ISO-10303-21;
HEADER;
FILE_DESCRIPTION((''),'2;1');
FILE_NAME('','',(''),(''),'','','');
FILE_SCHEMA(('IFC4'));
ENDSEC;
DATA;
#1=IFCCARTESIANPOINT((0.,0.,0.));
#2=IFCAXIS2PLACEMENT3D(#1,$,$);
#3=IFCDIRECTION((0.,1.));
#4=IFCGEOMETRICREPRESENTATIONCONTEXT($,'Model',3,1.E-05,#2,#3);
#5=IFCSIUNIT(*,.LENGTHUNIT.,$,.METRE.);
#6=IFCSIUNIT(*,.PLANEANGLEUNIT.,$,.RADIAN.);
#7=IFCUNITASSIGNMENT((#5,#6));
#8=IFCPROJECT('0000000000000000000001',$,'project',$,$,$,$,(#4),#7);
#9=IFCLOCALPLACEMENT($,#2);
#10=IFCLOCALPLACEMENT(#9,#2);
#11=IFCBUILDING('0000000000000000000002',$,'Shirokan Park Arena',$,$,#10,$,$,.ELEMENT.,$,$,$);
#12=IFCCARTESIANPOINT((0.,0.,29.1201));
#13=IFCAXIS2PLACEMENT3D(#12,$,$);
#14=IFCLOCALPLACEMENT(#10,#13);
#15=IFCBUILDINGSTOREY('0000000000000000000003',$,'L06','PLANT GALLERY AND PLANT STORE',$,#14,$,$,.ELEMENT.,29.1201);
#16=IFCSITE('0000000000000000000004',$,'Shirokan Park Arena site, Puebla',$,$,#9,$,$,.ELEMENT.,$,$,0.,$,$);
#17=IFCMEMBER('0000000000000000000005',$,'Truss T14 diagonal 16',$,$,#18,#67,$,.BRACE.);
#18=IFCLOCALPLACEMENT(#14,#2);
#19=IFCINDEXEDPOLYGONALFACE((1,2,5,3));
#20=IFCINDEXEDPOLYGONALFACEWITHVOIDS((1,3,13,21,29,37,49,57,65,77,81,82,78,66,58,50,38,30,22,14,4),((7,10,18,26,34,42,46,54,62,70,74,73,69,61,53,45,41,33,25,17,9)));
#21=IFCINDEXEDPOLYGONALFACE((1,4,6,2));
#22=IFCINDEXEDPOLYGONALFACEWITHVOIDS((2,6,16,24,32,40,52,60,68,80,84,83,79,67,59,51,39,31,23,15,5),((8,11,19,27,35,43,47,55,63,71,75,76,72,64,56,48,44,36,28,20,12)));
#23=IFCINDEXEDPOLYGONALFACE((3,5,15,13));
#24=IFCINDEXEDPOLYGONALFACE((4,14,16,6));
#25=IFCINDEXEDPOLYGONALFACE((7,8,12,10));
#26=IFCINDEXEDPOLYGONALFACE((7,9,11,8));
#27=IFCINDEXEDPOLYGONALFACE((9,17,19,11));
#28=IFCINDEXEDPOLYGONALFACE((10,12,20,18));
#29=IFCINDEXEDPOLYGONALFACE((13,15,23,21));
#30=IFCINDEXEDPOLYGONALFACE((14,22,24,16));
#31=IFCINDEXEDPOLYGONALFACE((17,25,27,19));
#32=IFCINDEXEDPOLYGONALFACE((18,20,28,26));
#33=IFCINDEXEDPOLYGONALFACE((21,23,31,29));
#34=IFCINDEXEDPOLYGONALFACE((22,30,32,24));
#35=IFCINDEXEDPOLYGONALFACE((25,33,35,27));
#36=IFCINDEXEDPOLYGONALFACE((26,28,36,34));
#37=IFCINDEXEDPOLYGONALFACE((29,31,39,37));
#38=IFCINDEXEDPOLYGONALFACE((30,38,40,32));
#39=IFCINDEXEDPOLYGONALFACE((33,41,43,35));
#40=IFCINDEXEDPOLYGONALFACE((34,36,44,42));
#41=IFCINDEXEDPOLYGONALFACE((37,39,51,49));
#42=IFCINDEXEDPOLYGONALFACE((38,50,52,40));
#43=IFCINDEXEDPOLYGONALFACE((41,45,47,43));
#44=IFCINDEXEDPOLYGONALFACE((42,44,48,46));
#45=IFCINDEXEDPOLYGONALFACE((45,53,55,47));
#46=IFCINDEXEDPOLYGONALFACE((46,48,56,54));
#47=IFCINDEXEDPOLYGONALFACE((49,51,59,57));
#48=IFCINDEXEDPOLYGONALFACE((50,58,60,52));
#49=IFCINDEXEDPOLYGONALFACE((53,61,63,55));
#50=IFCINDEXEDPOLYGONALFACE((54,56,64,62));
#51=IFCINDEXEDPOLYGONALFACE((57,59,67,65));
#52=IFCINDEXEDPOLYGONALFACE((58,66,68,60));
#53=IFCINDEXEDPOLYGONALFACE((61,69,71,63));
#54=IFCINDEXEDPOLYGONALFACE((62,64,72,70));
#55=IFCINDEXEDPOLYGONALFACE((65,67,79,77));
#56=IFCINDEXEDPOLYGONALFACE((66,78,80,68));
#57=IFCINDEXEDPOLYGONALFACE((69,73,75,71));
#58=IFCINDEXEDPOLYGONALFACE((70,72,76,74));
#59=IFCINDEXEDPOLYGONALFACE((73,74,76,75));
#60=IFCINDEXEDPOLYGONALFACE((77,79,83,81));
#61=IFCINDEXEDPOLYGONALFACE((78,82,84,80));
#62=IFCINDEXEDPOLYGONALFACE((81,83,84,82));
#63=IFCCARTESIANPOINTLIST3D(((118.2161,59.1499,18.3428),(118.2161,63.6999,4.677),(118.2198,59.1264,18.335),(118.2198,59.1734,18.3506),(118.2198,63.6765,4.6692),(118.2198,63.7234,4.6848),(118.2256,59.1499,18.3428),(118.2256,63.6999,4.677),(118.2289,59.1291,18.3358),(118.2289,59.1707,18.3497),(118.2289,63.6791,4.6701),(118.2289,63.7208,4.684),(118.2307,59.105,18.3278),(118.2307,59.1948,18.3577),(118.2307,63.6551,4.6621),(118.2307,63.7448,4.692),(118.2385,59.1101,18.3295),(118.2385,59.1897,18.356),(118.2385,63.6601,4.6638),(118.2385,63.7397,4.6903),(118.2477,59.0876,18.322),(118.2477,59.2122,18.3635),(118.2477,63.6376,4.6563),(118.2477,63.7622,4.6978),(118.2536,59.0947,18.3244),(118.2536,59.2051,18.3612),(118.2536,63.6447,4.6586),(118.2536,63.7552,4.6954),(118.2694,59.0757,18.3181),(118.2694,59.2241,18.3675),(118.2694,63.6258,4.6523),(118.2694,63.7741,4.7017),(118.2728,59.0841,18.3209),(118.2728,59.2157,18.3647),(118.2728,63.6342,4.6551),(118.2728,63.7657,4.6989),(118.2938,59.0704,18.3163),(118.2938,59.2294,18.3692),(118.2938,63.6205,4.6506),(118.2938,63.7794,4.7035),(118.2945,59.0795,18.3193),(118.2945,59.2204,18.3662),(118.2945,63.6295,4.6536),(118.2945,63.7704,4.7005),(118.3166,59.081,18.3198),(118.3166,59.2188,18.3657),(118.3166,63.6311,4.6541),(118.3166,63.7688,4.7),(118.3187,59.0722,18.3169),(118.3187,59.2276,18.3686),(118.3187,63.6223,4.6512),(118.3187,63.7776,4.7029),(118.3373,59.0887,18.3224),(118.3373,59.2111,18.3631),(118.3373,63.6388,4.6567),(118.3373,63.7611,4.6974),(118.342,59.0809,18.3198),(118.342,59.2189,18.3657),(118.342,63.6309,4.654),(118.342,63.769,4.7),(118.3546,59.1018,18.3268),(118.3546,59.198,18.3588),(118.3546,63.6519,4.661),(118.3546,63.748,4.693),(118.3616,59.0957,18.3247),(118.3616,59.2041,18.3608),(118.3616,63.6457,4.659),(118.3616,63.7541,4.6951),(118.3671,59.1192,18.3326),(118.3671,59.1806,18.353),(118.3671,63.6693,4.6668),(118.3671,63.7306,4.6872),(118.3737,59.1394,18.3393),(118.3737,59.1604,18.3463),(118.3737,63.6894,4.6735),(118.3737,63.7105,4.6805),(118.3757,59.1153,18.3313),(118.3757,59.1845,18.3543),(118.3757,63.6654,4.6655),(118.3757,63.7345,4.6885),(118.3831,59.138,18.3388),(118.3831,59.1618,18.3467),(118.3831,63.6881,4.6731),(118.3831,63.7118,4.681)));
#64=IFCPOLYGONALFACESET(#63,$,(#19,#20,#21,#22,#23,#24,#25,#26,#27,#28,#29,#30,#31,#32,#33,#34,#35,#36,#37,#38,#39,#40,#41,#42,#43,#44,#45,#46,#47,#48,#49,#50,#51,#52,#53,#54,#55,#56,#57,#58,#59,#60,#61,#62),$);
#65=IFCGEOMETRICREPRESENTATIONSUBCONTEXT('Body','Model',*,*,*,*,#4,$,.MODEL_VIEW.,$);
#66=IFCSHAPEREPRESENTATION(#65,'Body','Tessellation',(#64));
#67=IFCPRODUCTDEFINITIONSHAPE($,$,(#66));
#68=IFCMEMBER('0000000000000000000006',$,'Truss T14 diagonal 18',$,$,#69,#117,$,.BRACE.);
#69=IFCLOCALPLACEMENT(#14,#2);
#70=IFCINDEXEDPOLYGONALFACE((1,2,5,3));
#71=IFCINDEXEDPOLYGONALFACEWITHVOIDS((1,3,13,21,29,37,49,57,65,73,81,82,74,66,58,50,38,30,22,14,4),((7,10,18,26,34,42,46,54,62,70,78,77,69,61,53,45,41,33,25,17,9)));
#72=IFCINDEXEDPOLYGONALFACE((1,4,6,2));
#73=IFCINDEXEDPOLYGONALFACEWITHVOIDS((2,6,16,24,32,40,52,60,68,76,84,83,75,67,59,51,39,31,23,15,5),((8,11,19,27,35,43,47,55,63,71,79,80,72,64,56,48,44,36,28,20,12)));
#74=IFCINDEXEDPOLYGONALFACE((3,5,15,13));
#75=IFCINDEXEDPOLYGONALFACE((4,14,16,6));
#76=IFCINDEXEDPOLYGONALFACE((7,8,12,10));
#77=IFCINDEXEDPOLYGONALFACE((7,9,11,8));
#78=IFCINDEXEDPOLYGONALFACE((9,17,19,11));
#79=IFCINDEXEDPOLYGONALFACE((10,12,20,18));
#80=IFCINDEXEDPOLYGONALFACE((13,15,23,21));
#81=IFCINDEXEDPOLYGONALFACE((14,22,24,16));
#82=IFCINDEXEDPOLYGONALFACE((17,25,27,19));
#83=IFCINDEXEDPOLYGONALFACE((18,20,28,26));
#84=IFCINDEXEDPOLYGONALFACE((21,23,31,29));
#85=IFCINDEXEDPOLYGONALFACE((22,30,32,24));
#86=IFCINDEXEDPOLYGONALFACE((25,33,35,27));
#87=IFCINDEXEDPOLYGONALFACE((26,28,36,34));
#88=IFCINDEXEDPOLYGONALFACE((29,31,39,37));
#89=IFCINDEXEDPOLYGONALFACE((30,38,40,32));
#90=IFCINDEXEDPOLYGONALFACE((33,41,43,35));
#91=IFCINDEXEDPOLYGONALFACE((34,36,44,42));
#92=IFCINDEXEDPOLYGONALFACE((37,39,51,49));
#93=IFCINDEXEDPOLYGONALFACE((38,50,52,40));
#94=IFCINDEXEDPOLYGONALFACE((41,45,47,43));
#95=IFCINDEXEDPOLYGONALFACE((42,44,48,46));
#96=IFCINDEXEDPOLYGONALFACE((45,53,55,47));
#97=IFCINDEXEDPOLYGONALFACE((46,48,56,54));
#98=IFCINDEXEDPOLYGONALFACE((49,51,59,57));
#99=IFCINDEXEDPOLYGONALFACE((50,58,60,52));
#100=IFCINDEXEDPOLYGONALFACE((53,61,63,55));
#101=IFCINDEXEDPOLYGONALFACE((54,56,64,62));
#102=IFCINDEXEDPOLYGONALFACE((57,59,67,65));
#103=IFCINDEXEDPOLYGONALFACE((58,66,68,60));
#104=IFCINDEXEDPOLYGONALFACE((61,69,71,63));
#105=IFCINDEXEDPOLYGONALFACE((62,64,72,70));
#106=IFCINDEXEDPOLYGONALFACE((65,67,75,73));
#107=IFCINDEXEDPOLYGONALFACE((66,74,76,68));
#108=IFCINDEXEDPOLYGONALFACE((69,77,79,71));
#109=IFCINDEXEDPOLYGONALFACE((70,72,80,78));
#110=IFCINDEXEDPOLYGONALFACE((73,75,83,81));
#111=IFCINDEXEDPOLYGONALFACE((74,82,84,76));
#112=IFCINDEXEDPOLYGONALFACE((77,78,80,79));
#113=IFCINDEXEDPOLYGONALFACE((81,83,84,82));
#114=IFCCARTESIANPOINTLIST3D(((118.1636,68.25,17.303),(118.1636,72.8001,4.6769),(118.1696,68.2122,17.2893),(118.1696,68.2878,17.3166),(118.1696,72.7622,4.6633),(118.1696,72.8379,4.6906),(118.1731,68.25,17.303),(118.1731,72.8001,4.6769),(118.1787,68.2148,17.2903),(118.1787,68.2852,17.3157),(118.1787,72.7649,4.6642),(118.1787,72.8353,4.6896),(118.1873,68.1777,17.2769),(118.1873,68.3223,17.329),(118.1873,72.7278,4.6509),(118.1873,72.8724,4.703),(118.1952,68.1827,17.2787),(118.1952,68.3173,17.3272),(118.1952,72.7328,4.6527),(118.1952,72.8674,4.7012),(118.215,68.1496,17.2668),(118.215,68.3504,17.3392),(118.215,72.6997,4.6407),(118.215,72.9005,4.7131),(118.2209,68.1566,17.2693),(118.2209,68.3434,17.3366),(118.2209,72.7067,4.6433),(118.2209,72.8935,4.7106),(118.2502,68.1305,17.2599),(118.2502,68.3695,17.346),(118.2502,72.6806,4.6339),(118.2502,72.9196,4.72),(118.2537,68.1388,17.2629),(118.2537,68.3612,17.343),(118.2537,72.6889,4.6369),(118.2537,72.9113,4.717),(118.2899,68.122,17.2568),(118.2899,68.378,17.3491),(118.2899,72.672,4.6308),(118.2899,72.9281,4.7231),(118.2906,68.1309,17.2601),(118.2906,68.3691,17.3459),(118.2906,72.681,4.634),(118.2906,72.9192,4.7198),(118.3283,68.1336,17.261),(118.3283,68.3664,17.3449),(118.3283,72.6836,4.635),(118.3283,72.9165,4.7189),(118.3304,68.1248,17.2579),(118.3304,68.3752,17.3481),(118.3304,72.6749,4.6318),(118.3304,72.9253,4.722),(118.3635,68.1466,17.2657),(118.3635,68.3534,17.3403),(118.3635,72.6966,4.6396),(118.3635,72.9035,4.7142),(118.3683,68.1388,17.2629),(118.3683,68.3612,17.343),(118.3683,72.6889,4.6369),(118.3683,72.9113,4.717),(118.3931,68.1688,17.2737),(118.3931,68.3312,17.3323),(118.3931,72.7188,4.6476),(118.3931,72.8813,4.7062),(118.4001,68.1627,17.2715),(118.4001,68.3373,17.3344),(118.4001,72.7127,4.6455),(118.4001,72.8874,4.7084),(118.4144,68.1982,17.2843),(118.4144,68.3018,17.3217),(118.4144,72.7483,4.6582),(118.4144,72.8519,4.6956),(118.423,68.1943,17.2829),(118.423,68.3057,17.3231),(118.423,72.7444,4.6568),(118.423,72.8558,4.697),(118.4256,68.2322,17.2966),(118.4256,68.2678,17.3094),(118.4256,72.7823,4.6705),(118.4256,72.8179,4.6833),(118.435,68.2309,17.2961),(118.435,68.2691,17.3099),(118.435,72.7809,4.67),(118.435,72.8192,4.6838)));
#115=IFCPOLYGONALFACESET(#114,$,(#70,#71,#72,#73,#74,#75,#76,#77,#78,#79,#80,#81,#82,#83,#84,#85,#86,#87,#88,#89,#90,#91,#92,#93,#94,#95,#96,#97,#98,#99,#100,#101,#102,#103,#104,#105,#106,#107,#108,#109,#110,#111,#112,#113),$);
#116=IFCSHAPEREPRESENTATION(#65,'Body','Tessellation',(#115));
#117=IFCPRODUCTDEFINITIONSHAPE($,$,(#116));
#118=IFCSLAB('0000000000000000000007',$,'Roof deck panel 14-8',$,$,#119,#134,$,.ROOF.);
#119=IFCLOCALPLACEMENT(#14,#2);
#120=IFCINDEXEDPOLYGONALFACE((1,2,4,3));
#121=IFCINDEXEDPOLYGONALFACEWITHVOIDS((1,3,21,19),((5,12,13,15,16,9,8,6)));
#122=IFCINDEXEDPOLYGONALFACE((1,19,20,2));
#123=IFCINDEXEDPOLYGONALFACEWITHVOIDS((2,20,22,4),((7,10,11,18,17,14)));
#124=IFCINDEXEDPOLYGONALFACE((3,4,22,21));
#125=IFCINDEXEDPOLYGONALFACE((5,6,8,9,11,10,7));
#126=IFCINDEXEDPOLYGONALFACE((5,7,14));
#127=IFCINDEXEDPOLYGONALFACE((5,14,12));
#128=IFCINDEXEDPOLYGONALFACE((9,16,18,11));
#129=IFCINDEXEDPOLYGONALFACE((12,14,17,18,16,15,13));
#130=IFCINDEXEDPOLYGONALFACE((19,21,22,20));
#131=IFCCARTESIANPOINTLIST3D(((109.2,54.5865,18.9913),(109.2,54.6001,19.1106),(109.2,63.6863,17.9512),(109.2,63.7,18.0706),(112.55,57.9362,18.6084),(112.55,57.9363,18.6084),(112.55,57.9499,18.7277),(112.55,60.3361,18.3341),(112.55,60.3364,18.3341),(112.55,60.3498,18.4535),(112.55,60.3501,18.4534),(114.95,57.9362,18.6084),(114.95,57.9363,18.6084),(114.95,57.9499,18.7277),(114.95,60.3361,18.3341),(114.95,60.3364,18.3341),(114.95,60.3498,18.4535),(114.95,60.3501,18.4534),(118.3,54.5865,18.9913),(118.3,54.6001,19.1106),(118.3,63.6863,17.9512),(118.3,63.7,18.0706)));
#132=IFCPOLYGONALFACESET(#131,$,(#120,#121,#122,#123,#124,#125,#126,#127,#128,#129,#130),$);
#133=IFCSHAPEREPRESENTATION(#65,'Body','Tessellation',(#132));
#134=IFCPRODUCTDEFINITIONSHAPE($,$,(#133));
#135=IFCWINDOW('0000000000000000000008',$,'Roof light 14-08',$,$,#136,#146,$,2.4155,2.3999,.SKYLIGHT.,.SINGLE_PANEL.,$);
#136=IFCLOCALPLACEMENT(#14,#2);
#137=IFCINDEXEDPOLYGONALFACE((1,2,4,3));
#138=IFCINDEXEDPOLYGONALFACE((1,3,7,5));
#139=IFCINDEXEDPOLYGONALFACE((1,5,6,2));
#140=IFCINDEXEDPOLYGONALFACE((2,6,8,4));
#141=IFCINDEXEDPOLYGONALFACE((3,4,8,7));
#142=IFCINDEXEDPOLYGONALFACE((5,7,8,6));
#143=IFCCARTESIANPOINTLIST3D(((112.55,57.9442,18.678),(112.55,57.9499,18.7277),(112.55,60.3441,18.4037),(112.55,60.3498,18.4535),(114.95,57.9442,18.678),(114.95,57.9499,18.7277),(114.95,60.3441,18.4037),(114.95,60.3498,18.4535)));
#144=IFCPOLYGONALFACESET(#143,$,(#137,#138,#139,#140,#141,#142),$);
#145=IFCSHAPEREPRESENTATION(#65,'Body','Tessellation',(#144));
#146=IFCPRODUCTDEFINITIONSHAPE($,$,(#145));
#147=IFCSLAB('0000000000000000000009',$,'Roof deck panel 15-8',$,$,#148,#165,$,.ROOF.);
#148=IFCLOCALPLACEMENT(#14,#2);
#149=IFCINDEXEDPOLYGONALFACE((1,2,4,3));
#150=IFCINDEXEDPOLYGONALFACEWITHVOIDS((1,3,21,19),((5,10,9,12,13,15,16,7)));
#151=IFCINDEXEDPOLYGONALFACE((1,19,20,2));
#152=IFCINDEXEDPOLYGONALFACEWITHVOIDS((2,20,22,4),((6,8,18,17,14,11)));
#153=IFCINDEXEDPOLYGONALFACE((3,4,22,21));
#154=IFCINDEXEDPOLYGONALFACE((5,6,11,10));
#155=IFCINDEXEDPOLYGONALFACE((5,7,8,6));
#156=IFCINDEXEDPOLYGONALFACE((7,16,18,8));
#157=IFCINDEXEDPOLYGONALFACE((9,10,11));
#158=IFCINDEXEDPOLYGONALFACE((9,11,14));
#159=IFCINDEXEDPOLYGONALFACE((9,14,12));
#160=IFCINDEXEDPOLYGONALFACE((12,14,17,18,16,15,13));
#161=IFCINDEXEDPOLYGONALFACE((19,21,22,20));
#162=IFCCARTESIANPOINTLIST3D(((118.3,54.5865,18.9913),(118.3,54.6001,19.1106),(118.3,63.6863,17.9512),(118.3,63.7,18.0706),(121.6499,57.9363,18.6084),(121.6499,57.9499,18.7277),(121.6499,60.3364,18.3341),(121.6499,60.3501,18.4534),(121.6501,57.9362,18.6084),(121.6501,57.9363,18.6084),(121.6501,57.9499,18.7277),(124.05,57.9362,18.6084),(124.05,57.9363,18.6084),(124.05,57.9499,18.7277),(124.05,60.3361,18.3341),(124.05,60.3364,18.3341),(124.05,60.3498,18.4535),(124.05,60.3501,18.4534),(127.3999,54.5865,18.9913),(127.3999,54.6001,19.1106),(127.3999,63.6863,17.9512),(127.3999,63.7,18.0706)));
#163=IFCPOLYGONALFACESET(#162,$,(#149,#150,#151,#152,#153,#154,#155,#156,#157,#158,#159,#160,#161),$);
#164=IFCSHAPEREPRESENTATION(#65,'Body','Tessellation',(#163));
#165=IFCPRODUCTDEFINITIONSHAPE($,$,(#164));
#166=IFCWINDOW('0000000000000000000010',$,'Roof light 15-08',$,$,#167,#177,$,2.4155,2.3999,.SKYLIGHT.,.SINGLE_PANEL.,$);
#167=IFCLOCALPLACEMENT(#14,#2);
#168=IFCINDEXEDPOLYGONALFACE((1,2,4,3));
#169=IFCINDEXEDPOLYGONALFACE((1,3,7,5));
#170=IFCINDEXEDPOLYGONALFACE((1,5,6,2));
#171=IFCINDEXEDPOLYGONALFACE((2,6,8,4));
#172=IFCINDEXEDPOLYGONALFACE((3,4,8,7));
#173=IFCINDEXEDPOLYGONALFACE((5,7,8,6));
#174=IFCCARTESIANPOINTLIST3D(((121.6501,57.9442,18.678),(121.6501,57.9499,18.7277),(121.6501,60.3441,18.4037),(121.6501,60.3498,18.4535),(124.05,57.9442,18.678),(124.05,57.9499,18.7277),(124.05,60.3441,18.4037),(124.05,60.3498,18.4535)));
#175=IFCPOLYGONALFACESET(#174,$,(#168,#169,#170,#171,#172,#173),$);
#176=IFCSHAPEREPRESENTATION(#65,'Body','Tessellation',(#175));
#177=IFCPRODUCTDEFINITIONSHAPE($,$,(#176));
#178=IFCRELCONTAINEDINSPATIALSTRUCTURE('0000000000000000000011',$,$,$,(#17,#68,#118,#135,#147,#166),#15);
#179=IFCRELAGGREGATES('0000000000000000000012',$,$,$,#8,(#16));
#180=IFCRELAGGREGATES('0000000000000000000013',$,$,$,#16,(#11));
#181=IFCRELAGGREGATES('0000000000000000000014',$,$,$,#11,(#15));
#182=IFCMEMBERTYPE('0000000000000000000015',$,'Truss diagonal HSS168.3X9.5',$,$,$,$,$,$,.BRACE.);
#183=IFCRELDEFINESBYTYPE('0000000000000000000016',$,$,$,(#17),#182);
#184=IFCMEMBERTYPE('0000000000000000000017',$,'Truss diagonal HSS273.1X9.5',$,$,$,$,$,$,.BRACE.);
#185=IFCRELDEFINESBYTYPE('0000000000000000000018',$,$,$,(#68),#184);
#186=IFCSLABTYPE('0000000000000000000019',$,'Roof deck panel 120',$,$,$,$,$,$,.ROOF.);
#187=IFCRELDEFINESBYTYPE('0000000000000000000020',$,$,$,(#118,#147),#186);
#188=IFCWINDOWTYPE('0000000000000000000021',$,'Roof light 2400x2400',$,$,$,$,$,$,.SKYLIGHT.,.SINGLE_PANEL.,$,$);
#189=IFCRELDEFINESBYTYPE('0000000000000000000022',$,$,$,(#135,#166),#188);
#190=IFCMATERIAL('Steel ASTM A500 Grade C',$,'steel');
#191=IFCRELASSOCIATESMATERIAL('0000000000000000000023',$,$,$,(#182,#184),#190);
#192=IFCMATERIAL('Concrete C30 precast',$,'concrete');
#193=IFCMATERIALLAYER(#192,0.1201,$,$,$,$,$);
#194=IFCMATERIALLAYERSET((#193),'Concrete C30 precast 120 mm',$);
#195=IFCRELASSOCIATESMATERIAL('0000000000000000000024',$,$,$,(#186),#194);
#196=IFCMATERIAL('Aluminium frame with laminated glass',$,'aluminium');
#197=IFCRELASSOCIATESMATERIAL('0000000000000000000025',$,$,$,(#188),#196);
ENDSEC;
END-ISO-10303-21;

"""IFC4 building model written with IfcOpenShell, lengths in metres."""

from ifc_helpers import new_model, si_unit, direction, frame, origin, origin_2d, place, context, subcontext, project, spatial, polyline, rectangle, hollow_circle, outline, extrude, material, layer, layer_set, material_profile, profile_set, type_object, element, fill, save


model = new_model("IFC4")

# Units and contexts
model_context = context("Model", 3, precision=1e-05, world=origin(), true_north=direction((0.0, 1.0)))
body_context = subcontext(model_context, "Body", "Model", "MODEL_VIEW")
ifc_project = project(units=[si_unit("LENGTHUNIT", "METRE"), si_unit("PLANEANGLEUNIT", "RADIAN")], contexts=[model_context])

# Site, building, storey
site_placement = place(None, origin())
site = spatial("IfcSite", under=ifc_project, at=site_placement, Name="Shirokan Park Arena site, Puebla", CompositionType="ELEMENT", RefElevation=0.0)
building_placement = place(site_placement, origin())
building = spatial("IfcBuilding", under=site, at=building_placement, Name="Shirokan Park Arena", CompositionType="ELEMENT")
storey_placement = place(building_placement, frame((0.0, 0.0, 29.1201)))
storey = spatial("IfcBuildingStorey", under=building, at=storey_placement, Name="L06", Description="PLANT GALLERY AND PLANT STORE", CompositionType="ELEMENT", Elevation=29.1201)

# Members
ifc_material_1 = material(Name="Steel ASTM A500 Grade C", Category="steel")
ifc_material_profile_1 = material_profile(ifc_material_1, hollow_circle(Radius=0.084, WallThickness=0.0095, at=origin_2d()), Name="HSS168.3X9.5")
ifc_profile_set_1 = profile_set([ifc_material_profile_1], Name="Steel ASTM A500 Grade C")
member_type_1 = type_object("IfcMemberType", Name="Truss diagonal HSS168.3X9.5", PredefinedType="BRACE", material=ifc_profile_set_1)
member_1_placement = place(storey_placement, frame((118.3, 59.1499, 18.3428), z_axis=(0.0, 0.315902, -0.948792), x_axis=(-1.0, 0.0, 0.0)))
element("IfcMember", 1, at=member_1_placement, inside=storey, type_object=member_type_1, Name="Truss T14 diagonal 16", PredefinedType="BRACE", context=body_context, shape_type="SweptSolid", body=[
    extrude(hollow_circle(Radius=0.084, WallThickness=0.0095, at=origin_2d()), origin(), (0.0, 0.0, 1.0), 14.4033),
])
ifc_material_profile_2 = material_profile(ifc_material_1, hollow_circle(Radius=0.1365, WallThickness=0.0095, at=origin_2d()), Name="HSS273.1X9.5")
ifc_profile_set_2 = profile_set([ifc_material_profile_2], Name="Steel ASTM A500 Grade C")
member_type_2 = type_object("IfcMemberType", Name="Truss diagonal HSS273.1X9.5", PredefinedType="BRACE", material=ifc_profile_set_2)
member_2_placement = place(storey_placement, frame((118.3, 68.25, 17.303), z_axis=(0.0, 0.339029, -0.940776), x_axis=(-1.0, 0.0, 0.0)))
element("IfcMember", 2, at=member_2_placement, inside=storey, type_object=member_type_2, Name="Truss T14 diagonal 18", PredefinedType="BRACE", context=body_context, shape_type="SweptSolid", body=[
    extrude(hollow_circle(Radius=0.1365, WallThickness=0.0095, at=origin_2d()), origin(), (0.0, 0.0, 1.0), 13.4209),
])

# Slabs, openings, windows
ifc_material_2 = material(Name="Concrete C30 precast", Category="concrete")
ifc_layer_1 = layer(ifc_material_2, 0.1201)
ifc_layer_set_1 = layer_set([ifc_layer_1], Name="Concrete C30 precast 120 mm")
slab_type = type_object("IfcSlabType", Name="Roof deck panel 120", PredefinedType="ROOF", material=ifc_layer_set_1)
slab_1_placement = place(storey_placement, frame((109.2, 54.6001, 19.1106), z_axis=(0.0, 0.113553, 0.993532), x_axis=(1.0, 0.0, 0.0)))
slab_1 = element("IfcSlab", 3, at=slab_1_placement, inside=storey, type_object=slab_type, Name="Roof deck panel 14-8", PredefinedType="ROOF", context=body_context, shape_type="SweptSolid", body=[
    extrude(outline(polyline([(0.0, 0.0), (9.1001, 0.0), (9.1001, 9.1591), (0.0, 9.1591), (0.0, 0.0)]), holes=[polyline([(3.3501, 3.3717), (5.75, 3.3717), (5.75, 5.7874), (3.3501, 5.7874), (3.3501, 3.3717)])]), origin(), (0.0, 0.0, -1.0), 0.1201),
])
opening_1_placement = place(slab_1_placement, frame((4.55, 4.5793, 0.01)))
opening_1 = element("IfcOpeningElement", 4, at=opening_1_placement, cuts=slab_1, PredefinedType="OPENING", context=body_context, shape_type="SweptSolid", body=[
    extrude(rectangle(XDim=2.3999, YDim=2.4155, at=origin_2d()), origin(), (0.0, 0.0, -1.0), 0.1399),
])
ifc_material_3 = material(Name="Aluminium frame with laminated glass", Category="aluminium")
window_type = type_object("IfcWindowType", Name="Roof light 2400x2400", PartitioningType="SINGLE_PANEL", PredefinedType="SKYLIGHT", material=ifc_material_3)
window_1_placement = place(opening_1_placement, frame((0.0, 0.0, -0.0601)))
window_1 = element("IfcWindow", 5, at=window_1_placement, inside=storey, type_object=window_type, Name="Roof light 14-08", OverallHeight=2.4155, OverallWidth=2.3999, PartitioningType="SINGLE_PANEL", PredefinedType="SKYLIGHT", context=body_context, shape_type="SweptSolid", body=[
    extrude(rectangle(XDim=2.3999, YDim=2.4155, at=origin_2d()), origin(), (0.0, 0.0, 1.0), 0.05),
])
fill(opening_1, window_1)
slab_2_placement = place(storey_placement, frame((118.3, 54.6001, 19.1106), z_axis=(0.0, 0.113553, 0.993532), x_axis=(1.0, 0.0, 0.0)))
slab_2 = element("IfcSlab", 6, at=slab_2_placement, inside=storey, type_object=slab_type, Name="Roof deck panel 15-8", PredefinedType="ROOF", context=body_context, shape_type="SweptSolid", body=[
    extrude(outline(polyline([(0.0, 0.0), (9.0999, 0.0), (9.0999, 9.1591), (0.0, 9.1591), (0.0, 0.0)]), holes=[polyline([(3.3499, 3.3717), (5.75, 3.3717), (5.75, 5.7874), (3.3499, 5.7874), (3.3499, 3.3717)])]), origin(), (0.0, 0.0, -1.0), 0.1201),
])
opening_2_placement = place(slab_2_placement, frame((4.55, 4.5793, 0.01)))
opening_2 = element("IfcOpeningElement", 7, at=opening_2_placement, cuts=slab_2, PredefinedType="OPENING", context=body_context, shape_type="SweptSolid", body=[
    extrude(rectangle(XDim=2.3999, YDim=2.4155, at=origin_2d()), origin(), (0.0, 0.0, -1.0), 0.1399),
])
window_2_placement = place(opening_2_placement, frame((0.0, 0.0, -0.0601)))
window_2 = element("IfcWindow", 8, at=window_2_placement, inside=storey, type_object=window_type, Name="Roof light 15-08", OverallHeight=2.4155, OverallWidth=2.3999, PartitioningType="SINGLE_PANEL", PredefinedType="SKYLIGHT", context=body_context, shape_type="SweptSolid", body=[
    extrude(rectangle(XDim=2.3999, YDim=2.4155, at=origin_2d()), origin(), (0.0, 0.0, 1.0), 0.05),
])
fill(opening_2, window_2)

save(model, "model.ifc")
